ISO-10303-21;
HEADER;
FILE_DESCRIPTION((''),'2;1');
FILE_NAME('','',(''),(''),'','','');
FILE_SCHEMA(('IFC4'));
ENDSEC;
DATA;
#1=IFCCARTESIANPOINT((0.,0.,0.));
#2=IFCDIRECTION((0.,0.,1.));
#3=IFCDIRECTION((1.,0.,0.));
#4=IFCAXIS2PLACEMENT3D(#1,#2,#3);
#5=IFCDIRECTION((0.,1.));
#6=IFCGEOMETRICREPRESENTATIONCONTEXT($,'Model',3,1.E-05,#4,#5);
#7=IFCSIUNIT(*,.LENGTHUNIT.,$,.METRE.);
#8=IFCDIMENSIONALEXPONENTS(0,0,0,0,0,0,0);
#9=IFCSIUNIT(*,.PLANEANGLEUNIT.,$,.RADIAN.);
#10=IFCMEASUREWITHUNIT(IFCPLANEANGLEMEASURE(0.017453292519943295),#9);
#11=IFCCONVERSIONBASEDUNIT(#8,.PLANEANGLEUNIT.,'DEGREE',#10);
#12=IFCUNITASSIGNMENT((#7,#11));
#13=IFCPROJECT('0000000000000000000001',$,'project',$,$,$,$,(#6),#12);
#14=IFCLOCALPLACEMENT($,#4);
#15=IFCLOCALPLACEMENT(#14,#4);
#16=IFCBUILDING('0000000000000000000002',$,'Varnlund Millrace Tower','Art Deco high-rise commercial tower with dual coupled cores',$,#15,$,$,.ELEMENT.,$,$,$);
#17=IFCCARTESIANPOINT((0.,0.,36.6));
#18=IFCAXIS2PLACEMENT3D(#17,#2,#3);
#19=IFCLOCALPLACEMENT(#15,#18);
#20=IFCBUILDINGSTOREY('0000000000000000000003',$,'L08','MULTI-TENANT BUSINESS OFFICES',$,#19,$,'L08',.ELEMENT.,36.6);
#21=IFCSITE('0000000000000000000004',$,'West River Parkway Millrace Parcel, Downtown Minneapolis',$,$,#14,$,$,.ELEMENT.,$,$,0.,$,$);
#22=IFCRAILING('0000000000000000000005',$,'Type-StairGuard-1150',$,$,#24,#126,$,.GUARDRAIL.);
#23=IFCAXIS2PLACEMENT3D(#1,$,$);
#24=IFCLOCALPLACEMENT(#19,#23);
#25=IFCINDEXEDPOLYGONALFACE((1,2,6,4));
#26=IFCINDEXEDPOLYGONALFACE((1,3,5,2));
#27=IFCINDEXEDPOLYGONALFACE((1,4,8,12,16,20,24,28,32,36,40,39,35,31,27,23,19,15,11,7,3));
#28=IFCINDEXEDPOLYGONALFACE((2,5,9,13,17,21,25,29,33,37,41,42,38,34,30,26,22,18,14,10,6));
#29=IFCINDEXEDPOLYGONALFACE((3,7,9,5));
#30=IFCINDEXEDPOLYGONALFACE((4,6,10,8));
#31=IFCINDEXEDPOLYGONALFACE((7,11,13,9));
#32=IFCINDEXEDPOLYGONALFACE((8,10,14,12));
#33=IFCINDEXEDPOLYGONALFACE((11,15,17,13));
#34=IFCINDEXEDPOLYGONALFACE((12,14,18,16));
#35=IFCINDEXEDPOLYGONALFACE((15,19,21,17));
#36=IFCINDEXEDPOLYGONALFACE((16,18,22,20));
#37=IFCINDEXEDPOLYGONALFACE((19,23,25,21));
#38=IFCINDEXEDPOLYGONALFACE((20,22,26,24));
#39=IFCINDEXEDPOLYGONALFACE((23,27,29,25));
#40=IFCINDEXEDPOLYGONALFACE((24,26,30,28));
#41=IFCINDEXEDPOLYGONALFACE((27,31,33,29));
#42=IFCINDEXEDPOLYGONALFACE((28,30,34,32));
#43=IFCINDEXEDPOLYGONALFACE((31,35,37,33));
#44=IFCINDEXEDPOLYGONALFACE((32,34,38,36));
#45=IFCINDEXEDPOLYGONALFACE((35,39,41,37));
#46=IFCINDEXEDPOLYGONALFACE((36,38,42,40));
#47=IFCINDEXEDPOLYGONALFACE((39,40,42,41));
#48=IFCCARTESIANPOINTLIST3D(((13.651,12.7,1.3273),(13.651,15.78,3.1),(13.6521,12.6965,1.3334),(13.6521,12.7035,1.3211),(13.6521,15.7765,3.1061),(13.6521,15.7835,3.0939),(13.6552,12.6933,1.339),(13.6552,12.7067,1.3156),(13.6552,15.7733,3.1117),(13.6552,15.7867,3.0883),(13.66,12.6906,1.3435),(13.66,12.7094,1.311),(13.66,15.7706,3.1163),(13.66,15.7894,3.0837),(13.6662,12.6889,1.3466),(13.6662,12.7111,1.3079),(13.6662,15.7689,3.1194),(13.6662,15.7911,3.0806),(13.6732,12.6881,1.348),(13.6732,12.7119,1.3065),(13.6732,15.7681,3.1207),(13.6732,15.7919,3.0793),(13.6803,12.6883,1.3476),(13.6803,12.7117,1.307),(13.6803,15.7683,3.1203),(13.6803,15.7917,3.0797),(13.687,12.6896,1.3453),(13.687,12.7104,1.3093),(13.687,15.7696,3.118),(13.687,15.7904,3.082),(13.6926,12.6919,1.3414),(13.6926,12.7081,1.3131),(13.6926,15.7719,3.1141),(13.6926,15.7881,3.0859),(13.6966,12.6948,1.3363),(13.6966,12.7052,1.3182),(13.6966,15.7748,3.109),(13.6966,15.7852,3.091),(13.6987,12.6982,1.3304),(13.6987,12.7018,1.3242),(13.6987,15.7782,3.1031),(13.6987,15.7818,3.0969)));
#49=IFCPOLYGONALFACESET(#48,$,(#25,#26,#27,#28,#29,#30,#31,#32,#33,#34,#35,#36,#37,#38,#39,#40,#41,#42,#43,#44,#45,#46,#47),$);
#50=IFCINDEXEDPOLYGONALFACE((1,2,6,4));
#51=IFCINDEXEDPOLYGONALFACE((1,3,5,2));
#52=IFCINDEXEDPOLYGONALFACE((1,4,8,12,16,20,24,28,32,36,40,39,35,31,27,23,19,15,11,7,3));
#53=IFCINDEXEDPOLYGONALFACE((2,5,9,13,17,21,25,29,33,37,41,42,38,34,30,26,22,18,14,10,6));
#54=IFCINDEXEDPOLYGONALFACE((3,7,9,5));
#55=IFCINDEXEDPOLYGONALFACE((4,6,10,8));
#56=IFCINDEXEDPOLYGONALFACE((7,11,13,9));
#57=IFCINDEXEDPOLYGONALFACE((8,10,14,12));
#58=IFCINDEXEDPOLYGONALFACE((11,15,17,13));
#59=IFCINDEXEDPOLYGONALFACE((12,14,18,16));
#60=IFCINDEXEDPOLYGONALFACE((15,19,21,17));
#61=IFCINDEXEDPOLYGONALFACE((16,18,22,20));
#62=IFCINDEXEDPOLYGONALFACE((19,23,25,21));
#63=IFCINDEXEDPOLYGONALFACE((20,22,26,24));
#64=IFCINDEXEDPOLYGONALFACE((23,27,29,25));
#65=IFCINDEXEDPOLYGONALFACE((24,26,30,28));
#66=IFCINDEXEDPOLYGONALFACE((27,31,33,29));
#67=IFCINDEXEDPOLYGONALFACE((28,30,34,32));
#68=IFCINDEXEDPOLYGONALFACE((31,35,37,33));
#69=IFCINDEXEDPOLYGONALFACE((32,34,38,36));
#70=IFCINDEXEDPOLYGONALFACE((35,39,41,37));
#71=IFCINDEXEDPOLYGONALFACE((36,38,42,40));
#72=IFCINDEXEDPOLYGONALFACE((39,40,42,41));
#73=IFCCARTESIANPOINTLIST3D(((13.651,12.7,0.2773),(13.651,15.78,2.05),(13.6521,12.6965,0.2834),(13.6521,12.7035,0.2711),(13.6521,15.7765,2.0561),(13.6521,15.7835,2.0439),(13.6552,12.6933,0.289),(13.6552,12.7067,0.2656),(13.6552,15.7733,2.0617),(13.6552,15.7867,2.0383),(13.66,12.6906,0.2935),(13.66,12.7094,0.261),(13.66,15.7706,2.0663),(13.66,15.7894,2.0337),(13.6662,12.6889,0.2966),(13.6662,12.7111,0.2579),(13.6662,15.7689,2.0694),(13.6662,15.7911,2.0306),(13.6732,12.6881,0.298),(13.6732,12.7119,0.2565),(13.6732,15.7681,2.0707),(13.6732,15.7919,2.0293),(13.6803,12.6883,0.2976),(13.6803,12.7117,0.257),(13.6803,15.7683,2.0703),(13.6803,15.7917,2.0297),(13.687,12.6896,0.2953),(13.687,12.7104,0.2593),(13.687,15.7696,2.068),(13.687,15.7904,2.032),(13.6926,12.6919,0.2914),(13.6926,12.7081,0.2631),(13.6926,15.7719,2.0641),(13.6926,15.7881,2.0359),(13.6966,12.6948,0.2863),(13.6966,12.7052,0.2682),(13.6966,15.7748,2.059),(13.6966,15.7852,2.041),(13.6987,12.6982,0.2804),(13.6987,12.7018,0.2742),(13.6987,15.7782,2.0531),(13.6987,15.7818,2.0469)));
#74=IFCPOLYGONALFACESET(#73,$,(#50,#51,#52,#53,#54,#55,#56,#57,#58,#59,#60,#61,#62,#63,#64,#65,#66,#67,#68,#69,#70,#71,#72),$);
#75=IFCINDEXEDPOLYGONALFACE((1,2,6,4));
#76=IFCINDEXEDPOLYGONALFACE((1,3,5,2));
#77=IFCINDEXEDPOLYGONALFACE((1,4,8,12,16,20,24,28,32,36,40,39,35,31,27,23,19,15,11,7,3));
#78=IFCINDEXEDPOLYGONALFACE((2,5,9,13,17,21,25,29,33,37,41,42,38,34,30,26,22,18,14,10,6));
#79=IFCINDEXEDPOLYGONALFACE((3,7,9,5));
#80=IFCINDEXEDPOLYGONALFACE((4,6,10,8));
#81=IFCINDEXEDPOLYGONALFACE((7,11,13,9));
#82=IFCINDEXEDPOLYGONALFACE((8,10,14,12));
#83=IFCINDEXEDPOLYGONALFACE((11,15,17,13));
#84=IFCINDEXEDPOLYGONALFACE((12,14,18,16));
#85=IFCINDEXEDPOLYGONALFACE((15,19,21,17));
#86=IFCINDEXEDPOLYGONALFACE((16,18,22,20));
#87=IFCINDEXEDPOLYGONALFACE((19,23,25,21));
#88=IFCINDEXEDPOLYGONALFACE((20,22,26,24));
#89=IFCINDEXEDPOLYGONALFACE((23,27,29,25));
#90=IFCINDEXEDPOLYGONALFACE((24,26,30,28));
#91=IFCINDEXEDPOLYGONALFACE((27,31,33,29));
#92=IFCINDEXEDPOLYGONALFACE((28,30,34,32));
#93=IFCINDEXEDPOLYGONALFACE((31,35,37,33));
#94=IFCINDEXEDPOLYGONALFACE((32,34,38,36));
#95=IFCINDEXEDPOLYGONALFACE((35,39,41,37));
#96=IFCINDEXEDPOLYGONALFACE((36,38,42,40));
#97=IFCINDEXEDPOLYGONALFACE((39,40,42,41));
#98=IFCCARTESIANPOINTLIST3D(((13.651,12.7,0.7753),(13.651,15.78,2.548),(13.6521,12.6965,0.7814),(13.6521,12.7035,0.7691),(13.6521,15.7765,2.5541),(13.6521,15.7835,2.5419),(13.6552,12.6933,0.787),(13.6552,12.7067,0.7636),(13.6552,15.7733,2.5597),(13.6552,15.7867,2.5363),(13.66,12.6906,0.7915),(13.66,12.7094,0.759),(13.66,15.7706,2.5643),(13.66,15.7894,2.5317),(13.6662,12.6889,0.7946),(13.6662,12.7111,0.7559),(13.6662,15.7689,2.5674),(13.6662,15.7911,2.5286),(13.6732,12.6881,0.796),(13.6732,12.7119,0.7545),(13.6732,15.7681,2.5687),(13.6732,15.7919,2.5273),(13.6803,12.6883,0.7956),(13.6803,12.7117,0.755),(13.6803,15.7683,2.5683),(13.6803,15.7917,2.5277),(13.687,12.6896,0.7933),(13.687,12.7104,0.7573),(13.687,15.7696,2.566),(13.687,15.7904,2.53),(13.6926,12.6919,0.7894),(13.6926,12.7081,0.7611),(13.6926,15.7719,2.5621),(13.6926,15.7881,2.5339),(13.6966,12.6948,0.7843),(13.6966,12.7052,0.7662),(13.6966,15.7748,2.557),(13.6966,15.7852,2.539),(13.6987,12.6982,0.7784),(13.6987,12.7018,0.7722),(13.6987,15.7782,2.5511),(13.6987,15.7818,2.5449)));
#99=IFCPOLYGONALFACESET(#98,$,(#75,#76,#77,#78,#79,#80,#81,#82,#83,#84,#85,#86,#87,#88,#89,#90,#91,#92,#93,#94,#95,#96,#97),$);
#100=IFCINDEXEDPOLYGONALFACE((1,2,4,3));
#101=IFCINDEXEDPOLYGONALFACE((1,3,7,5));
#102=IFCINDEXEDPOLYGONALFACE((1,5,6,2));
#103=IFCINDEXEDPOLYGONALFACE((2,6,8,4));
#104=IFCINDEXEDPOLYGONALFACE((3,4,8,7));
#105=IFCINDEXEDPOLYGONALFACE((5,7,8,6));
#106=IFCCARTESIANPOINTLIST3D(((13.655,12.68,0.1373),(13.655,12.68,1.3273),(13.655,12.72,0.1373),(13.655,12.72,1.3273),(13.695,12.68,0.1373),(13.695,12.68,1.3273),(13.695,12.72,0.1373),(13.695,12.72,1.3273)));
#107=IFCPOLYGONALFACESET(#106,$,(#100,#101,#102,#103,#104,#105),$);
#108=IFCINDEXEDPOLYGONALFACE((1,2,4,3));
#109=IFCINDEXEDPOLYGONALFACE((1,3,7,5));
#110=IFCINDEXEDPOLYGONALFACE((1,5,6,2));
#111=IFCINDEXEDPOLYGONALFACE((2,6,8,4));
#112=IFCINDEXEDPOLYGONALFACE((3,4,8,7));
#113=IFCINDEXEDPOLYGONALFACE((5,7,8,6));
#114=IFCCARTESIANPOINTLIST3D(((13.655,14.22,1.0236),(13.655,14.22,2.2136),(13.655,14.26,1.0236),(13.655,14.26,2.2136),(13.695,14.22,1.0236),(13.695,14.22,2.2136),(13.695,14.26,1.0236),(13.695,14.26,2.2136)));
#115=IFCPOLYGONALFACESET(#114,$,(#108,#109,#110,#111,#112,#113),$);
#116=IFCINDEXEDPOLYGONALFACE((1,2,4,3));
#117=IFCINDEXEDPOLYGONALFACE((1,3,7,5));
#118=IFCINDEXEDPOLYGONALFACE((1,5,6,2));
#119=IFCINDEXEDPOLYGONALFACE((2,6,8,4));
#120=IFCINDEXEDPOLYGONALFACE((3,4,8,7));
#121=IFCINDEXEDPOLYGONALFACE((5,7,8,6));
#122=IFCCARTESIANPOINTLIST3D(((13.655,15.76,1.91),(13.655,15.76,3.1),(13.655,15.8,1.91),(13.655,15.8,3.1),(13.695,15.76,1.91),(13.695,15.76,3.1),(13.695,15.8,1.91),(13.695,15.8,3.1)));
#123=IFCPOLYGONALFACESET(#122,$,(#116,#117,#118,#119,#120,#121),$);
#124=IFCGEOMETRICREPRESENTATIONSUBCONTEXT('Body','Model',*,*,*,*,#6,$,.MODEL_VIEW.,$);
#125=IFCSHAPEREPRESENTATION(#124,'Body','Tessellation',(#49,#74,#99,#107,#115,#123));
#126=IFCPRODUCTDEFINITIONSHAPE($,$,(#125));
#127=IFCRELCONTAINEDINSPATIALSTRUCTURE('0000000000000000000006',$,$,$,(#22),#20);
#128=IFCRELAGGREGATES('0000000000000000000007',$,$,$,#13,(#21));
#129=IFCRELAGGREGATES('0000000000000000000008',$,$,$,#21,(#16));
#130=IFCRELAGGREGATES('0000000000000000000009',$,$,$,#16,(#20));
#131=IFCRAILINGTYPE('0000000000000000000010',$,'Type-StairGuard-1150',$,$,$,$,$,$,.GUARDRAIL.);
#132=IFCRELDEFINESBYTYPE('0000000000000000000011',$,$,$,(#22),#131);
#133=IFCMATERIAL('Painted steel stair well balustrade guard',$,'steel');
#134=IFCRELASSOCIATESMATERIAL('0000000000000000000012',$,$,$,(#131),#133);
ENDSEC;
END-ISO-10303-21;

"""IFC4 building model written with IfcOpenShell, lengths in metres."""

from ifc_helpers import new_model, entity, si_unit, converted_unit, direction, frame, origin_with_axes, origin_2d_with_axis, place, context, subcontext, project, spatial, rectangle, circle, extrude, material, type_object, element, save


model = new_model("IFC4")

# Units and contexts
model_context = context("Model", 3, precision=1e-05, world=origin_with_axes(), true_north=direction((0.0, 1.0)))
body_context = subcontext(model_context, "Body", "Model", "MODEL_VIEW")
ifc_project = project(units=[si_unit("LENGTHUNIT", "METRE"), converted_unit("PLANEANGLEUNIT", "DEGREE", entity("IfcPlaneAngleMeasure", 0.017453292519943295), si_unit("PLANEANGLEUNIT", "RADIAN"), dimensions=[0, 0, 0, 0, 0, 0, 0])], contexts=[model_context])

# Site, building, storey
site_placement = place(None, origin_with_axes())
site = spatial("IfcSite", under=ifc_project, at=site_placement, Name="West River Parkway Millrace Parcel, Downtown Minneapolis", CompositionType="ELEMENT", RefElevation=0.0)
building_placement = place(site_placement, origin_with_axes())
building = spatial("IfcBuilding", under=site, at=building_placement, Name="Varnlund Millrace Tower", Description="Art Deco high-rise commercial tower with dual coupled cores", CompositionType="ELEMENT")
storey_placement = place(building_placement, frame((0.0, 0.0, 36.6), z_axis=(0.0, 0.0, 1.0), x_axis=(1.0, 0.0, 0.0)))
storey = spatial("IfcBuildingStorey", under=building, at=storey_placement, Name="L08", Description="MULTI-TENANT BUSINESS OFFICES", LongName="L08", CompositionType="ELEMENT", Elevation=36.6)

# Railing
ifc_material_1 = material(Name="Painted steel stair well balustrade guard", Category="steel")
railing_type_1 = type_object("IfcRailingType", Name="Type-StairGuard-1150", PredefinedType="GUARDRAIL", material=ifc_material_1)
railing_1_placement = place(storey_placement, frame((0.0, 0.0, -36.6), z_axis=(0.0, 0.0, 1.0), x_axis=(1.0, 0.0, 0.0)))
element("IfcRailing", 1, at=railing_1_placement, inside=storey, type_object=railing_type_1, Name="Type-StairGuard-1150", PredefinedType="GUARDRAIL", context=body_context, shape_type="SweptSolid", body=[
    extrude(circle(Radius=0.024, at=origin_2d_with_axis()), frame((13.675, 12.7, 37.9273), z_axis=(0.0, 0.866696, 0.498836), x_axis=(-1.0, 0.0, 0.0)), (0.0, 0.0, 1.0), 3.5537),
    extrude(circle(Radius=0.024, at=origin_2d_with_axis()), frame((13.675, 12.7, 36.8773), z_axis=(0.0, 0.866696, 0.498836), x_axis=(-1.0, 0.0, 0.0)), (0.0, 0.0, 1.0), 3.5537),
    extrude(circle(Radius=0.024, at=origin_2d_with_axis()), frame((13.675, 12.7, 37.3753), z_axis=(0.0, 0.866696, 0.498836), x_axis=(-1.0, 0.0, 0.0)), (0.0, 0.0, 1.0), 3.5537),
    extrude(rectangle(XDim=0.04, YDim=0.04, at=origin_2d_with_axis()), frame((13.675, 12.7, 36.7373), z_axis=(0.0, 0.0, 1.0), x_axis=(1.0, 0.0, 0.0)), (0.0, 0.0, 1.0), 1.19),
    extrude(rectangle(XDim=0.04, YDim=0.04, at=origin_2d_with_axis()), frame((13.675, 14.24, 37.6236), z_axis=(0.0, 0.0, 1.0), x_axis=(1.0, 0.0, 0.0)), (0.0, 0.0, 1.0), 1.19),
    extrude(rectangle(XDim=0.04, YDim=0.04, at=origin_2d_with_axis()), frame((13.675, 15.78, 38.51), z_axis=(0.0, 0.0, 1.0), x_axis=(1.0, 0.0, 0.0)), (0.0, 0.0, 1.0), 1.19),
])

save(model, "model.ifc")
